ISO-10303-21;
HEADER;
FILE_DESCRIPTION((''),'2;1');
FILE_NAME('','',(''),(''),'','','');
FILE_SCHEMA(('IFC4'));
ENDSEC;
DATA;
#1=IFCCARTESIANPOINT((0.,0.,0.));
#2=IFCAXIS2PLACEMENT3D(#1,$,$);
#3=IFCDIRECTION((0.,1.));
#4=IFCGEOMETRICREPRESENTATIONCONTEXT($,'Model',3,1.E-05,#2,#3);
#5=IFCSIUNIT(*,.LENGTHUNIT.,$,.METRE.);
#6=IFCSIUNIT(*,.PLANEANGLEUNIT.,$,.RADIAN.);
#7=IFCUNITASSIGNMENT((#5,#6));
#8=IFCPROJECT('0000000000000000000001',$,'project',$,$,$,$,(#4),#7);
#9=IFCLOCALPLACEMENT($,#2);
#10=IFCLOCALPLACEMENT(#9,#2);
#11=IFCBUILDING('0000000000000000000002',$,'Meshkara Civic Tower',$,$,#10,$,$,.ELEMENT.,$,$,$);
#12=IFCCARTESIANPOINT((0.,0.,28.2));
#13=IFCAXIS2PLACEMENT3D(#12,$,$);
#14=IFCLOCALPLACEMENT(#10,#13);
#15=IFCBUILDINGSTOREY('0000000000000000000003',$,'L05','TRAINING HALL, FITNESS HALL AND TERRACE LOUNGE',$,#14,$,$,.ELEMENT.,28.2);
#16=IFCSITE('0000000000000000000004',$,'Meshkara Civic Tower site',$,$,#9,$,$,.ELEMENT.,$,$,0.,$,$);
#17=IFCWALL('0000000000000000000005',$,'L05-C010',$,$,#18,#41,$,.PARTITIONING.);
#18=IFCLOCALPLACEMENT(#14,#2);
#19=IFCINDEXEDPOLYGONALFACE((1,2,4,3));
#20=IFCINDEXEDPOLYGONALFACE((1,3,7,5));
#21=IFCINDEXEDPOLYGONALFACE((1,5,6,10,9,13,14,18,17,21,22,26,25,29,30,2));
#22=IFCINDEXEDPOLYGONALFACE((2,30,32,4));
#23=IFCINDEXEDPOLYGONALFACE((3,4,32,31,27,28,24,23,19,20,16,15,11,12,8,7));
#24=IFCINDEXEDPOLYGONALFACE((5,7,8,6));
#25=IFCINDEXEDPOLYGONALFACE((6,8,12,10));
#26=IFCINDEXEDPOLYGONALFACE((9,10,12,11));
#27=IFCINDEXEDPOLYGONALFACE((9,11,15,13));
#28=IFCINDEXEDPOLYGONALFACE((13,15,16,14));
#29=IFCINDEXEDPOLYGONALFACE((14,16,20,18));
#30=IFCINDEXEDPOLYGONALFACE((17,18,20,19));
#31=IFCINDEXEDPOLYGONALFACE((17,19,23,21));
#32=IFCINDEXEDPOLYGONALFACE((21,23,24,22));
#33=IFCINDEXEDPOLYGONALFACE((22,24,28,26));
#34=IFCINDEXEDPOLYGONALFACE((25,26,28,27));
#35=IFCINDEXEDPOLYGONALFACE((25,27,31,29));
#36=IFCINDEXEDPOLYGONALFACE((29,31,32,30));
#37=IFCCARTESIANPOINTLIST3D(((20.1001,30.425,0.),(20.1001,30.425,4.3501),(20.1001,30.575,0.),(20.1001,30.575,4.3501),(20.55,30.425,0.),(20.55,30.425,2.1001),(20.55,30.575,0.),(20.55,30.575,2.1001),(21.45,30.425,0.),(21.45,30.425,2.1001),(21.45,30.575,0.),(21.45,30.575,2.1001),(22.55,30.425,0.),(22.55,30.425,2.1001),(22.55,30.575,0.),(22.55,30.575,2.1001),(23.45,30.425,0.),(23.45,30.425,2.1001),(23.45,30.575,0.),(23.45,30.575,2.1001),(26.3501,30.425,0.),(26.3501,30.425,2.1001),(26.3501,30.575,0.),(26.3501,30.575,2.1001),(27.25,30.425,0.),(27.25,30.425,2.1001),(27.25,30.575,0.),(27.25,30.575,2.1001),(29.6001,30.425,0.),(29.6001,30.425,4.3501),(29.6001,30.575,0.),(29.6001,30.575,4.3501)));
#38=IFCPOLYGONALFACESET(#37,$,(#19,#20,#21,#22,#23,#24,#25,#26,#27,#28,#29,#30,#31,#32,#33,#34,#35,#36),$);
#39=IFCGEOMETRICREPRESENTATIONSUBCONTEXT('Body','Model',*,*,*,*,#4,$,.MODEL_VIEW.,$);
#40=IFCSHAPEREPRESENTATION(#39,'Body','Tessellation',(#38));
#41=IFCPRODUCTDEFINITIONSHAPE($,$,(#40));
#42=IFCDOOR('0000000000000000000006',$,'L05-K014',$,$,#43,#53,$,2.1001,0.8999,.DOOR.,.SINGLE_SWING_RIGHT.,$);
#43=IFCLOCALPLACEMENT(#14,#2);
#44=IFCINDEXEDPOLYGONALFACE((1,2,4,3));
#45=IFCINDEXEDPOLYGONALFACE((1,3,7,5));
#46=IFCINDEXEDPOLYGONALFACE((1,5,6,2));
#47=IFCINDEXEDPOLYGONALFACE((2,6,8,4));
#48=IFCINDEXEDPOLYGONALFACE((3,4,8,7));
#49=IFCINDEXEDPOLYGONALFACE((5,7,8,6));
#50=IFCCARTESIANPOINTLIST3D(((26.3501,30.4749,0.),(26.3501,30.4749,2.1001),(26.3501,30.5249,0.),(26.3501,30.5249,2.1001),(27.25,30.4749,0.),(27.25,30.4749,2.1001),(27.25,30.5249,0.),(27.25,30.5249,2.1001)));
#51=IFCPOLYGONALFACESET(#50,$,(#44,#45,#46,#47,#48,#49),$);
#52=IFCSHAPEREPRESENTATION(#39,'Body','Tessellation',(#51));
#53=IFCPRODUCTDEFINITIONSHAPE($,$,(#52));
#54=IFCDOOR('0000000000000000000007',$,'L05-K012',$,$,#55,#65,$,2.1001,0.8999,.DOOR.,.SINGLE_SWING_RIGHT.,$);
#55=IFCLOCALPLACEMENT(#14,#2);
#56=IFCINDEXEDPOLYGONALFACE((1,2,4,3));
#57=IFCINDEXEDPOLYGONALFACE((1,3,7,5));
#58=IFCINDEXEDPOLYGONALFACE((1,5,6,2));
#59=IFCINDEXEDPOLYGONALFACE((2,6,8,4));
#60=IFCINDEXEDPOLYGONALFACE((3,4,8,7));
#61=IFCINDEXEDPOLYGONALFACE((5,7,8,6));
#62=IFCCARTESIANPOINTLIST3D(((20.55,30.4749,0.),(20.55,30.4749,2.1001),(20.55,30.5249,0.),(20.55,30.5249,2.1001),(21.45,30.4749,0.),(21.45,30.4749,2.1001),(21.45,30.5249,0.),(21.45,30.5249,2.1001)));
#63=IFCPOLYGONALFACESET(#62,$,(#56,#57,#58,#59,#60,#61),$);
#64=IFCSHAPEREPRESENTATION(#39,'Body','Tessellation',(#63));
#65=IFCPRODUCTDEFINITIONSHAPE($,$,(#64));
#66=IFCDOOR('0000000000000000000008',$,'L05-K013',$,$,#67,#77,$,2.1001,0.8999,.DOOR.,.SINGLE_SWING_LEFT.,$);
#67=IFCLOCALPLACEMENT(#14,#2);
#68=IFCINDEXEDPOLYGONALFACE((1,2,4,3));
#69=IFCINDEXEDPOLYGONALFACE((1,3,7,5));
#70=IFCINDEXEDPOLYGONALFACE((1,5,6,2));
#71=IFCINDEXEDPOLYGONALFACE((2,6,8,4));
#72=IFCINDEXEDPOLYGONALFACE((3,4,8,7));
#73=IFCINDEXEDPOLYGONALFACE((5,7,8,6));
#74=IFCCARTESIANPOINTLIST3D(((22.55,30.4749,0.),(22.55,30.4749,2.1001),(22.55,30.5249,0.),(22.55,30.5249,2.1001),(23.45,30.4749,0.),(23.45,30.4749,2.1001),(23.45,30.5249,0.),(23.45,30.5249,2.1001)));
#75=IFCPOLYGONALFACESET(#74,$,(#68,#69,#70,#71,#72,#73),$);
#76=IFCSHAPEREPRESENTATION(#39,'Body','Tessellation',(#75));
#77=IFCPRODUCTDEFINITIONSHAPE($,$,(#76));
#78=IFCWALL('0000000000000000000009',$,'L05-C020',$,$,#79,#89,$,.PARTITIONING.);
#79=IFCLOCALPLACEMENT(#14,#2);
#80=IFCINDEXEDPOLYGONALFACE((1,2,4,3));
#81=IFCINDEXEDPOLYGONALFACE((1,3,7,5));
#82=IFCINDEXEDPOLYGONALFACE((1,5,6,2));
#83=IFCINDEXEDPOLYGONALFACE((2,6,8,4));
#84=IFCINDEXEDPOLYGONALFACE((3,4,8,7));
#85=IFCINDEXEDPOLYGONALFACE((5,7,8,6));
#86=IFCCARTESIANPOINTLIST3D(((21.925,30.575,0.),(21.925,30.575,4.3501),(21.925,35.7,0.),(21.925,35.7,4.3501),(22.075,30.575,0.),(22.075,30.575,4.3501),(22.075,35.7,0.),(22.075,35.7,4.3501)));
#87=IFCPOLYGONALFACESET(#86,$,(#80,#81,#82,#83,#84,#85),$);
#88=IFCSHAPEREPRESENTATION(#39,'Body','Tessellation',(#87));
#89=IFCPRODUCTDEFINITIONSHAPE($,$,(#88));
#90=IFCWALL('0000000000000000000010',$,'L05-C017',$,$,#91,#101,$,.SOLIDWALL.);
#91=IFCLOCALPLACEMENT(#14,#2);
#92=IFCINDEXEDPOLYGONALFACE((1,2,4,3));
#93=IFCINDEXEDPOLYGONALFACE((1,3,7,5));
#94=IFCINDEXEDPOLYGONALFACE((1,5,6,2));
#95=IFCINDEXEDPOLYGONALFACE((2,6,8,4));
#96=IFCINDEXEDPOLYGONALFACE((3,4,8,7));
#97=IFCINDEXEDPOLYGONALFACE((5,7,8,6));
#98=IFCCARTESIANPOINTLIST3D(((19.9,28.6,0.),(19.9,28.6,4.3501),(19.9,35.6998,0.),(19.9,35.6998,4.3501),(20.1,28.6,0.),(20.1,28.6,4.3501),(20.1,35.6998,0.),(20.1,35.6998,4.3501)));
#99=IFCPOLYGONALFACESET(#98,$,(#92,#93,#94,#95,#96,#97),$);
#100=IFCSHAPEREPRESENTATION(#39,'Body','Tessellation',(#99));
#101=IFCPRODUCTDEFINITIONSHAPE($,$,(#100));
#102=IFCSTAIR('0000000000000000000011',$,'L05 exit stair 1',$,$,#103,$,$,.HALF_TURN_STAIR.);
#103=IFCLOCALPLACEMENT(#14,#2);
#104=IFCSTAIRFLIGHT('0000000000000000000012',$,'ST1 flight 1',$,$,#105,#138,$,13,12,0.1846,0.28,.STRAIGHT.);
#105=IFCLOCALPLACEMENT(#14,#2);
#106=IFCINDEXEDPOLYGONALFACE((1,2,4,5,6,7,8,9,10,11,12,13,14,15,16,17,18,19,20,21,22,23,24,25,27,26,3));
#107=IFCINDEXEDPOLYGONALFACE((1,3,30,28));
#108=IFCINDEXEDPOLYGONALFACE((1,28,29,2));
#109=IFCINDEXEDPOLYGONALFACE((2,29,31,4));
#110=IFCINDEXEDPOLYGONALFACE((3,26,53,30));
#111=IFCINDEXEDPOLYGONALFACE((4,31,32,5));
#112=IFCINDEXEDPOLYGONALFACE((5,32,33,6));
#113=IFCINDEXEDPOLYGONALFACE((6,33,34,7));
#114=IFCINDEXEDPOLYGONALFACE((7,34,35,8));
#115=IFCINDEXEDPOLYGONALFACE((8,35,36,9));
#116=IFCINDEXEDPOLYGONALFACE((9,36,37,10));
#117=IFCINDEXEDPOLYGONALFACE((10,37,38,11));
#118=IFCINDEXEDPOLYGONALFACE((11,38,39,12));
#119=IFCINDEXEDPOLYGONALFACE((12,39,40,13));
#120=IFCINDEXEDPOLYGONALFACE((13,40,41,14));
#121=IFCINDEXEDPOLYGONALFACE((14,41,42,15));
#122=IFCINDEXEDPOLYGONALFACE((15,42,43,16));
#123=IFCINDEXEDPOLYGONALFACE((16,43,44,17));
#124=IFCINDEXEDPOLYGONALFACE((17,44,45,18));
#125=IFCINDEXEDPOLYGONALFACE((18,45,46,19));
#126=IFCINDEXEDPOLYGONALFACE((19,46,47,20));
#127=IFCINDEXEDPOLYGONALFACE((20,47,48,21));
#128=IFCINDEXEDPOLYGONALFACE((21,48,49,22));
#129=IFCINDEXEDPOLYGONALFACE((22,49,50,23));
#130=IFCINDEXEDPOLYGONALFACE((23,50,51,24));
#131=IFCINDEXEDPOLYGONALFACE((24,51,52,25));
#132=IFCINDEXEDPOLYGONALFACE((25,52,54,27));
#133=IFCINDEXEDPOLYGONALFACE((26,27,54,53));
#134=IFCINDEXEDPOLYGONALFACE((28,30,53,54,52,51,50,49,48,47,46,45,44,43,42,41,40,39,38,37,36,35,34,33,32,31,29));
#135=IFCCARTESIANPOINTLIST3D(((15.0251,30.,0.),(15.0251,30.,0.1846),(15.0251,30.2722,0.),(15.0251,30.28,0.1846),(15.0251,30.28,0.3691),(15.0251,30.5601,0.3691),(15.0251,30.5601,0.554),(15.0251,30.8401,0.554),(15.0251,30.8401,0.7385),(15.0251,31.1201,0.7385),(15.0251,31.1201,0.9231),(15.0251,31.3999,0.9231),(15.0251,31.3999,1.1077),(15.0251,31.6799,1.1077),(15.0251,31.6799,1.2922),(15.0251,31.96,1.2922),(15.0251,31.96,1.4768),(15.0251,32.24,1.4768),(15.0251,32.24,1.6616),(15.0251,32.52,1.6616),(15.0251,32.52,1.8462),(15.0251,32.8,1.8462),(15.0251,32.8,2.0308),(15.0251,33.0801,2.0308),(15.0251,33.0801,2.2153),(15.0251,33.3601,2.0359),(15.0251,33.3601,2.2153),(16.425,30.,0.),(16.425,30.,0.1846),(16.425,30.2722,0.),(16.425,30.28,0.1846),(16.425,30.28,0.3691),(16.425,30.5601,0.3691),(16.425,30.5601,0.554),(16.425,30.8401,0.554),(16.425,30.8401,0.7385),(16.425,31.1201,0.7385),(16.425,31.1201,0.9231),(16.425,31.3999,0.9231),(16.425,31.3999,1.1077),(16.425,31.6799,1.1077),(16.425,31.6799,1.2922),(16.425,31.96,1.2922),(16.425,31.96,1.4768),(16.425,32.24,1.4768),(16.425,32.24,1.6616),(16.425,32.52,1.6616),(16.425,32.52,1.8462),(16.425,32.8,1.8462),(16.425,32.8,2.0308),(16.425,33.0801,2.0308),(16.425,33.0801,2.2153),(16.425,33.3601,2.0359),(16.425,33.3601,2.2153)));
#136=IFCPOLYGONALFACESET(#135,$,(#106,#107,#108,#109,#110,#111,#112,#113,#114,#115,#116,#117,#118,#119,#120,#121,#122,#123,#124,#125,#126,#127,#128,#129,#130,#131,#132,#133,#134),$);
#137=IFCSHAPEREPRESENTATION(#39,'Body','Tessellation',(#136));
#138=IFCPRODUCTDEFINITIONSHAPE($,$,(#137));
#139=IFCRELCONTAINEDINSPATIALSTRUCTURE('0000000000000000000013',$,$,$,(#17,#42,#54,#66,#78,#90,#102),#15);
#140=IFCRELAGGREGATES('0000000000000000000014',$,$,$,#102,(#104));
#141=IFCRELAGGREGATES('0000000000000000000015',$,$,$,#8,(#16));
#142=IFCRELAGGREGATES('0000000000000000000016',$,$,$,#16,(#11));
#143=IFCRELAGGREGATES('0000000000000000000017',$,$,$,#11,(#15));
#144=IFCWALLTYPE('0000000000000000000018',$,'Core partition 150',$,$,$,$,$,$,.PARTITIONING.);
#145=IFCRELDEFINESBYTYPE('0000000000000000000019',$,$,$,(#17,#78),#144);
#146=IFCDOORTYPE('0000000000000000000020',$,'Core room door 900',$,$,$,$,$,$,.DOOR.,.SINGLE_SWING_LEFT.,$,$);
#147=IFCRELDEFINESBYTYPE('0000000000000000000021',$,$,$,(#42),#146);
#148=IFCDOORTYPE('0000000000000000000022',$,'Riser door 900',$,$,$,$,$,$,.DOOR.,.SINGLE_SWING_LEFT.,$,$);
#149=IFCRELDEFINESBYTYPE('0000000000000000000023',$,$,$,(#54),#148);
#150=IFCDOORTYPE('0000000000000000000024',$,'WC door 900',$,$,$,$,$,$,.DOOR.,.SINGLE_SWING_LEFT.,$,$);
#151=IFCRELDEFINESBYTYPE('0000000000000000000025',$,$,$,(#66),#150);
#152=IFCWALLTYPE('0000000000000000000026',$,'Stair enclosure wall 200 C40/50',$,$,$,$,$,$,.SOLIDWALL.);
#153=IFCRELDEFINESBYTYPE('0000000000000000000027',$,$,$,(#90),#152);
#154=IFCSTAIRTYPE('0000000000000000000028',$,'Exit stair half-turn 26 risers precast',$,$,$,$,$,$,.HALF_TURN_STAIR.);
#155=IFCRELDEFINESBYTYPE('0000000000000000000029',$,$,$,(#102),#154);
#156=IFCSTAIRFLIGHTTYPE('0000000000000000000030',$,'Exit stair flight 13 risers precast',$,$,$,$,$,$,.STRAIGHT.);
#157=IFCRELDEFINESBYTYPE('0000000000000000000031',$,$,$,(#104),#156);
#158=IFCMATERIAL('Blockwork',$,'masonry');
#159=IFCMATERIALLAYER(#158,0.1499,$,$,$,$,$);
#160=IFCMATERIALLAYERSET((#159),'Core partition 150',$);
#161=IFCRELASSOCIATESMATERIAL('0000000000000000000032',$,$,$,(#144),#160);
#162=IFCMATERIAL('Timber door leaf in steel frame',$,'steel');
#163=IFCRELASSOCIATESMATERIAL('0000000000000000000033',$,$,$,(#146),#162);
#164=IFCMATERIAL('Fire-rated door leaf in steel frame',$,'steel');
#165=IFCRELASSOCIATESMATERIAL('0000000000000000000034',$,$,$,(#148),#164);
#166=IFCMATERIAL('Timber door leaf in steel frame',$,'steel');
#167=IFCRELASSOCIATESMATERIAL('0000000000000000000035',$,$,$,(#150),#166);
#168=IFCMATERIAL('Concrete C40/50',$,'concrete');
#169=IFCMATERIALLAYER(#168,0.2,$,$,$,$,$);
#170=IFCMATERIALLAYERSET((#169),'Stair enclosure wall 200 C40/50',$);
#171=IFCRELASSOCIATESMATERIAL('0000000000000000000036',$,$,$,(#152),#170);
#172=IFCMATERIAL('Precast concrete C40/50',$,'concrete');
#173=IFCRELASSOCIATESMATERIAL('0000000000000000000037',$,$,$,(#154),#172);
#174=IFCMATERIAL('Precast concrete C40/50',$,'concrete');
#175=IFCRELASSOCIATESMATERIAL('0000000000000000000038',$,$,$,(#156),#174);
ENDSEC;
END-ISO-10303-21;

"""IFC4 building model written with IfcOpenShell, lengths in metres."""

from ifc_helpers import new_model, si_unit, direction, frame, frame_2d, origin, place, context, subcontext, project, spatial, polyline, rectangle, outline, extrude, material, layer, layer_set, type_object, element, fill, aggregate, save


model = new_model("IFC4")

# Units and contexts
model_context = context("Model", 3, precision=1e-05, world=origin(), true_north=direction((0.0, 1.0)))
body_context = subcontext(model_context, "Body", "Model", "MODEL_VIEW")
ifc_project = project(units=[si_unit("LENGTHUNIT", "METRE"), si_unit("PLANEANGLEUNIT", "RADIAN")], contexts=[model_context])

# Site, building, storey
site_placement = place(None, origin())
site = spatial("IfcSite", under=ifc_project, at=site_placement, Name="Meshkara Civic Tower site", CompositionType="ELEMENT", RefElevation=0.0)
building_placement = place(site_placement, origin())
building = spatial("IfcBuilding", under=site, at=building_placement, Name="Meshkara Civic Tower", CompositionType="ELEMENT")
storey_placement = place(building_placement, frame((0.0, 0.0, 28.2)))
storey = spatial("IfcBuildingStorey", under=building, at=storey_placement, Name="L05", Description="TRAINING HALL, FITNESS HALL AND TERRACE LOUNGE", CompositionType="ELEMENT", Elevation=28.2)

# Wall, openings, doors
ifc_material_1 = material(Name="Blockwork", Category="masonry")
ifc_layer_1 = layer(ifc_material_1, 0.1499)
ifc_layer_set_1 = layer_set([ifc_layer_1], Name="Core partition 150")
wall_type_1 = type_object("IfcWallType", Name="Core partition 150", PredefinedType="PARTITIONING", material=ifc_layer_set_1)
wall_1_placement = place(storey_placement, frame((20.1001, 30.5, 0.0), z_axis=(0.0, 0.0, 1.0), x_axis=(1.0, 0.0, 0.0)))
wall_1 = element("IfcWall", 1, at=wall_1_placement, inside=storey, type_object=wall_type_1, Name="L05-C010", PredefinedType="PARTITIONING", context=body_context, shape_type="SweptSolid", body=[
    extrude(rectangle(XDim=9.5, YDim=0.1499, at=frame_2d((4.75, 0.0))), origin(), (0.0, 0.0, 1.0), 4.3501),
])
opening_1_placement = place(wall_1_placement, frame((0.45, 0.0, 0.0)))
opening_1 = element("IfcOpeningElement", 2, at=opening_1_placement, cuts=wall_1, PredefinedType="OPENING", context=body_context, shape_type="SweptSolid", body=[
    extrude(rectangle(XDim=0.8999, YDim=2.1001, at=frame_2d((0.45, 1.05))), frame((0.0, 0.085, 0.0), z_axis=(0.0, -1.0, 0.0), x_axis=(1.0, 0.0, 0.0)), (0.0, 0.0, 1.0), 0.1699),
])
opening_2_placement = place(wall_1_placement, frame((2.45, 0.0, 0.0)))
opening_2 = element("IfcOpeningElement", 3, at=opening_2_placement, cuts=wall_1, PredefinedType="OPENING", context=body_context, shape_type="SweptSolid", body=[
    extrude(rectangle(XDim=0.8999, YDim=2.1001, at=frame_2d((0.45, 1.05))), frame((0.0, 0.085, 0.0), z_axis=(0.0, -1.0, 0.0), x_axis=(1.0, 0.0, 0.0)), (0.0, 0.0, 1.0), 0.1699),
])
opening_3_placement = place(wall_1_placement, frame((6.25, 0.0, 0.0)))
opening_3 = element("IfcOpeningElement", 4, at=opening_3_placement, cuts=wall_1, PredefinedType="OPENING", context=body_context, shape_type="SweptSolid", body=[
    extrude(rectangle(XDim=0.8999, YDim=2.1001, at=frame_2d((0.45, 1.05))), frame((0.0, 0.085, 0.0), z_axis=(0.0, -1.0, 0.0), x_axis=(1.0, 0.0, 0.0)), (0.0, 0.0, 1.0), 0.1699),
])
ifc_material_2 = material(Name="Timber door leaf in steel frame", Category="steel")
door_type_1 = type_object("IfcDoorType", Name="Core room door 900", OperationType="SINGLE_SWING_LEFT", PredefinedType="DOOR", material=ifc_material_2)
door_1_placement = place(opening_3_placement, origin())
door_1 = element("IfcDoor", 5, at=door_1_placement, inside=storey, type_object=door_type_1, Name="L05-K014", OperationType="SINGLE_SWING_RIGHT", OverallHeight=2.1001, OverallWidth=0.8999, PredefinedType="DOOR", context=body_context, shape_type="SweptSolid", body=[
    extrude(rectangle(XDim=0.8999, YDim=2.1001, at=frame_2d((0.45, 1.05))), frame((0.0, 0.0249, 0.0), z_axis=(0.0, -1.0, 0.0), x_axis=(1.0, 0.0, 0.0)), (0.0, 0.0, 1.0), 0.05),
])
fill(opening_3, door_1)
ifc_material_3 = material(Name="Fire-rated door leaf in steel frame", Category="steel")
door_type_2 = type_object("IfcDoorType", Name="Riser door 900", OperationType="SINGLE_SWING_LEFT", PredefinedType="DOOR", material=ifc_material_3)
door_2_placement = place(opening_1_placement, origin())
door_2 = element("IfcDoor", 6, at=door_2_placement, inside=storey, type_object=door_type_2, Name="L05-K012", OperationType="SINGLE_SWING_RIGHT", OverallHeight=2.1001, OverallWidth=0.8999, PredefinedType="DOOR", context=body_context, shape_type="SweptSolid", body=[
    extrude(rectangle(XDim=0.8999, YDim=2.1001, at=frame_2d((0.45, 1.05))), frame((0.0, 0.0249, 0.0), z_axis=(0.0, -1.0, 0.0), x_axis=(1.0, 0.0, 0.0)), (0.0, 0.0, 1.0), 0.05),
])
fill(opening_1, door_2)
ifc_material_4 = material(Name="Timber door leaf in steel frame", Category="steel")
door_type_3 = type_object("IfcDoorType", Name="WC door 900", OperationType="SINGLE_SWING_LEFT", PredefinedType="DOOR", material=ifc_material_4)
door_3_placement = place(opening_2_placement, origin())
door_3 = element("IfcDoor", 7, at=door_3_placement, inside=storey, type_object=door_type_3, Name="L05-K013", OperationType="SINGLE_SWING_LEFT", OverallHeight=2.1001, OverallWidth=0.8999, PredefinedType="DOOR", context=body_context, shape_type="SweptSolid", body=[
    extrude(rectangle(XDim=0.8999, YDim=2.1001, at=frame_2d((0.45, 1.05))), frame((0.0, 0.0249, 0.0), z_axis=(0.0, -1.0, 0.0), x_axis=(1.0, 0.0, 0.0)), (0.0, 0.0, 1.0), 0.05),
])
fill(opening_2, door_3)

# Walls
wall_2_placement = place(storey_placement, frame((22.0, 30.575, 0.0), z_axis=(0.0, 0.0, 1.0), x_axis=(0.0, 1.0, 0.0)))
element("IfcWall", 8, at=wall_2_placement, inside=storey, type_object=wall_type_1, Name="L05-C020", PredefinedType="PARTITIONING", context=body_context, shape_type="SweptSolid", body=[
    extrude(rectangle(XDim=5.125, YDim=0.1499, at=frame_2d((2.5625, 0.0))), origin(), (0.0, 0.0, 1.0), 4.3501),
])
ifc_material_5 = material(Name="Concrete C40/50", Category="concrete")
ifc_layer_2 = layer(ifc_material_5, 0.2)
ifc_layer_set_2 = layer_set([ifc_layer_2], Name="Stair enclosure wall 200 C40/50")
wall_type_2 = type_object("IfcWallType", Name="Stair enclosure wall 200 C40/50", PredefinedType="SOLIDWALL", material=ifc_layer_set_2)
wall_3_placement = place(storey_placement, frame((20.0, 28.6001, 0.0), z_axis=(0.0, 0.0, 1.0), x_axis=(0.0, 1.0, 0.0)))
element("IfcWall", 9, at=wall_3_placement, inside=storey, type_object=wall_type_2, Name="L05-C017", PredefinedType="SOLIDWALL", context=body_context, shape_type="SweptSolid", body=[
    extrude(rectangle(XDim=7.0999, YDim=0.2, at=frame_2d((3.5498, 0.0))), origin(), (0.0, 0.0, 1.0), 4.3501),
])

# Stair, stair flight
ifc_material_6 = material(Name="Precast concrete C40/50", Category="concrete")
stair_type = type_object("IfcStairType", Name="Exit stair half-turn 26 risers precast", PredefinedType="HALF_TURN_STAIR", material=ifc_material_6)
stair_1_placement = place(storey_placement, origin())
stair_1 = element("IfcStair", 10, at=stair_1_placement, inside=storey, type_object=stair_type, Name="L05 exit stair 1", PredefinedType="HALF_TURN_STAIR")
ifc_material_7 = material(Name="Precast concrete C40/50", Category="concrete")
stair_flight_type = type_object("IfcStairFlightType", Name="Exit stair flight 13 risers precast", PredefinedType="STRAIGHT", material=ifc_material_7)
stair_flight_1_placement = place(storey_placement, frame((15.7251, 30.0, 0.0), z_axis=(0.0, 0.0, 1.0), x_axis=(0.0, 1.0, 0.0)))
stair_flight_1 = element("IfcStairFlight", 11, at=stair_flight_1_placement, type_object=stair_flight_type, Name="ST1 flight 1", NumberOfRisers=13, NumberOfTreads=12, PredefinedType="STRAIGHT", RiserHeight=0.1846, TreadLength=0.28, context=body_context, shape_type="SweptSolid", body=[
    extrude(outline(polyline([(0.0, 0.0), (0.0, 0.1846), (0.28, 0.1846), (0.28, 0.3691), (0.5601, 0.3691), (0.5601, 0.554), (0.8401, 0.554), (0.8401, 0.7385), (1.1201, 0.7385), (1.1201, 0.9231), (1.3999, 0.9231), (1.3999, 1.1077), (1.6799, 1.1077), (1.6799, 1.2922), (1.96, 1.2922), (1.96, 1.4768), (2.24, 1.4768), (2.24, 1.6616), (2.52, 1.6616), (2.52, 1.8462), (2.8, 1.8462), (2.8, 2.0308), (3.0801, 2.0308), (3.0801, 2.2153), (3.3601, 2.2153), (3.3601, 2.3999), (3.3601, 2.0359), (0.2722, 0.0), (0.0, 0.0)])), frame((0.0, 0.7, 0.0), z_axis=(0.0, -1.0, 0.0), x_axis=(1.0, 0.0, 0.0)), (0.0, 0.0, 1.0), 1.3999),
])
aggregate(stair_1, [stair_flight_1])

save(model, "model.ifc")
